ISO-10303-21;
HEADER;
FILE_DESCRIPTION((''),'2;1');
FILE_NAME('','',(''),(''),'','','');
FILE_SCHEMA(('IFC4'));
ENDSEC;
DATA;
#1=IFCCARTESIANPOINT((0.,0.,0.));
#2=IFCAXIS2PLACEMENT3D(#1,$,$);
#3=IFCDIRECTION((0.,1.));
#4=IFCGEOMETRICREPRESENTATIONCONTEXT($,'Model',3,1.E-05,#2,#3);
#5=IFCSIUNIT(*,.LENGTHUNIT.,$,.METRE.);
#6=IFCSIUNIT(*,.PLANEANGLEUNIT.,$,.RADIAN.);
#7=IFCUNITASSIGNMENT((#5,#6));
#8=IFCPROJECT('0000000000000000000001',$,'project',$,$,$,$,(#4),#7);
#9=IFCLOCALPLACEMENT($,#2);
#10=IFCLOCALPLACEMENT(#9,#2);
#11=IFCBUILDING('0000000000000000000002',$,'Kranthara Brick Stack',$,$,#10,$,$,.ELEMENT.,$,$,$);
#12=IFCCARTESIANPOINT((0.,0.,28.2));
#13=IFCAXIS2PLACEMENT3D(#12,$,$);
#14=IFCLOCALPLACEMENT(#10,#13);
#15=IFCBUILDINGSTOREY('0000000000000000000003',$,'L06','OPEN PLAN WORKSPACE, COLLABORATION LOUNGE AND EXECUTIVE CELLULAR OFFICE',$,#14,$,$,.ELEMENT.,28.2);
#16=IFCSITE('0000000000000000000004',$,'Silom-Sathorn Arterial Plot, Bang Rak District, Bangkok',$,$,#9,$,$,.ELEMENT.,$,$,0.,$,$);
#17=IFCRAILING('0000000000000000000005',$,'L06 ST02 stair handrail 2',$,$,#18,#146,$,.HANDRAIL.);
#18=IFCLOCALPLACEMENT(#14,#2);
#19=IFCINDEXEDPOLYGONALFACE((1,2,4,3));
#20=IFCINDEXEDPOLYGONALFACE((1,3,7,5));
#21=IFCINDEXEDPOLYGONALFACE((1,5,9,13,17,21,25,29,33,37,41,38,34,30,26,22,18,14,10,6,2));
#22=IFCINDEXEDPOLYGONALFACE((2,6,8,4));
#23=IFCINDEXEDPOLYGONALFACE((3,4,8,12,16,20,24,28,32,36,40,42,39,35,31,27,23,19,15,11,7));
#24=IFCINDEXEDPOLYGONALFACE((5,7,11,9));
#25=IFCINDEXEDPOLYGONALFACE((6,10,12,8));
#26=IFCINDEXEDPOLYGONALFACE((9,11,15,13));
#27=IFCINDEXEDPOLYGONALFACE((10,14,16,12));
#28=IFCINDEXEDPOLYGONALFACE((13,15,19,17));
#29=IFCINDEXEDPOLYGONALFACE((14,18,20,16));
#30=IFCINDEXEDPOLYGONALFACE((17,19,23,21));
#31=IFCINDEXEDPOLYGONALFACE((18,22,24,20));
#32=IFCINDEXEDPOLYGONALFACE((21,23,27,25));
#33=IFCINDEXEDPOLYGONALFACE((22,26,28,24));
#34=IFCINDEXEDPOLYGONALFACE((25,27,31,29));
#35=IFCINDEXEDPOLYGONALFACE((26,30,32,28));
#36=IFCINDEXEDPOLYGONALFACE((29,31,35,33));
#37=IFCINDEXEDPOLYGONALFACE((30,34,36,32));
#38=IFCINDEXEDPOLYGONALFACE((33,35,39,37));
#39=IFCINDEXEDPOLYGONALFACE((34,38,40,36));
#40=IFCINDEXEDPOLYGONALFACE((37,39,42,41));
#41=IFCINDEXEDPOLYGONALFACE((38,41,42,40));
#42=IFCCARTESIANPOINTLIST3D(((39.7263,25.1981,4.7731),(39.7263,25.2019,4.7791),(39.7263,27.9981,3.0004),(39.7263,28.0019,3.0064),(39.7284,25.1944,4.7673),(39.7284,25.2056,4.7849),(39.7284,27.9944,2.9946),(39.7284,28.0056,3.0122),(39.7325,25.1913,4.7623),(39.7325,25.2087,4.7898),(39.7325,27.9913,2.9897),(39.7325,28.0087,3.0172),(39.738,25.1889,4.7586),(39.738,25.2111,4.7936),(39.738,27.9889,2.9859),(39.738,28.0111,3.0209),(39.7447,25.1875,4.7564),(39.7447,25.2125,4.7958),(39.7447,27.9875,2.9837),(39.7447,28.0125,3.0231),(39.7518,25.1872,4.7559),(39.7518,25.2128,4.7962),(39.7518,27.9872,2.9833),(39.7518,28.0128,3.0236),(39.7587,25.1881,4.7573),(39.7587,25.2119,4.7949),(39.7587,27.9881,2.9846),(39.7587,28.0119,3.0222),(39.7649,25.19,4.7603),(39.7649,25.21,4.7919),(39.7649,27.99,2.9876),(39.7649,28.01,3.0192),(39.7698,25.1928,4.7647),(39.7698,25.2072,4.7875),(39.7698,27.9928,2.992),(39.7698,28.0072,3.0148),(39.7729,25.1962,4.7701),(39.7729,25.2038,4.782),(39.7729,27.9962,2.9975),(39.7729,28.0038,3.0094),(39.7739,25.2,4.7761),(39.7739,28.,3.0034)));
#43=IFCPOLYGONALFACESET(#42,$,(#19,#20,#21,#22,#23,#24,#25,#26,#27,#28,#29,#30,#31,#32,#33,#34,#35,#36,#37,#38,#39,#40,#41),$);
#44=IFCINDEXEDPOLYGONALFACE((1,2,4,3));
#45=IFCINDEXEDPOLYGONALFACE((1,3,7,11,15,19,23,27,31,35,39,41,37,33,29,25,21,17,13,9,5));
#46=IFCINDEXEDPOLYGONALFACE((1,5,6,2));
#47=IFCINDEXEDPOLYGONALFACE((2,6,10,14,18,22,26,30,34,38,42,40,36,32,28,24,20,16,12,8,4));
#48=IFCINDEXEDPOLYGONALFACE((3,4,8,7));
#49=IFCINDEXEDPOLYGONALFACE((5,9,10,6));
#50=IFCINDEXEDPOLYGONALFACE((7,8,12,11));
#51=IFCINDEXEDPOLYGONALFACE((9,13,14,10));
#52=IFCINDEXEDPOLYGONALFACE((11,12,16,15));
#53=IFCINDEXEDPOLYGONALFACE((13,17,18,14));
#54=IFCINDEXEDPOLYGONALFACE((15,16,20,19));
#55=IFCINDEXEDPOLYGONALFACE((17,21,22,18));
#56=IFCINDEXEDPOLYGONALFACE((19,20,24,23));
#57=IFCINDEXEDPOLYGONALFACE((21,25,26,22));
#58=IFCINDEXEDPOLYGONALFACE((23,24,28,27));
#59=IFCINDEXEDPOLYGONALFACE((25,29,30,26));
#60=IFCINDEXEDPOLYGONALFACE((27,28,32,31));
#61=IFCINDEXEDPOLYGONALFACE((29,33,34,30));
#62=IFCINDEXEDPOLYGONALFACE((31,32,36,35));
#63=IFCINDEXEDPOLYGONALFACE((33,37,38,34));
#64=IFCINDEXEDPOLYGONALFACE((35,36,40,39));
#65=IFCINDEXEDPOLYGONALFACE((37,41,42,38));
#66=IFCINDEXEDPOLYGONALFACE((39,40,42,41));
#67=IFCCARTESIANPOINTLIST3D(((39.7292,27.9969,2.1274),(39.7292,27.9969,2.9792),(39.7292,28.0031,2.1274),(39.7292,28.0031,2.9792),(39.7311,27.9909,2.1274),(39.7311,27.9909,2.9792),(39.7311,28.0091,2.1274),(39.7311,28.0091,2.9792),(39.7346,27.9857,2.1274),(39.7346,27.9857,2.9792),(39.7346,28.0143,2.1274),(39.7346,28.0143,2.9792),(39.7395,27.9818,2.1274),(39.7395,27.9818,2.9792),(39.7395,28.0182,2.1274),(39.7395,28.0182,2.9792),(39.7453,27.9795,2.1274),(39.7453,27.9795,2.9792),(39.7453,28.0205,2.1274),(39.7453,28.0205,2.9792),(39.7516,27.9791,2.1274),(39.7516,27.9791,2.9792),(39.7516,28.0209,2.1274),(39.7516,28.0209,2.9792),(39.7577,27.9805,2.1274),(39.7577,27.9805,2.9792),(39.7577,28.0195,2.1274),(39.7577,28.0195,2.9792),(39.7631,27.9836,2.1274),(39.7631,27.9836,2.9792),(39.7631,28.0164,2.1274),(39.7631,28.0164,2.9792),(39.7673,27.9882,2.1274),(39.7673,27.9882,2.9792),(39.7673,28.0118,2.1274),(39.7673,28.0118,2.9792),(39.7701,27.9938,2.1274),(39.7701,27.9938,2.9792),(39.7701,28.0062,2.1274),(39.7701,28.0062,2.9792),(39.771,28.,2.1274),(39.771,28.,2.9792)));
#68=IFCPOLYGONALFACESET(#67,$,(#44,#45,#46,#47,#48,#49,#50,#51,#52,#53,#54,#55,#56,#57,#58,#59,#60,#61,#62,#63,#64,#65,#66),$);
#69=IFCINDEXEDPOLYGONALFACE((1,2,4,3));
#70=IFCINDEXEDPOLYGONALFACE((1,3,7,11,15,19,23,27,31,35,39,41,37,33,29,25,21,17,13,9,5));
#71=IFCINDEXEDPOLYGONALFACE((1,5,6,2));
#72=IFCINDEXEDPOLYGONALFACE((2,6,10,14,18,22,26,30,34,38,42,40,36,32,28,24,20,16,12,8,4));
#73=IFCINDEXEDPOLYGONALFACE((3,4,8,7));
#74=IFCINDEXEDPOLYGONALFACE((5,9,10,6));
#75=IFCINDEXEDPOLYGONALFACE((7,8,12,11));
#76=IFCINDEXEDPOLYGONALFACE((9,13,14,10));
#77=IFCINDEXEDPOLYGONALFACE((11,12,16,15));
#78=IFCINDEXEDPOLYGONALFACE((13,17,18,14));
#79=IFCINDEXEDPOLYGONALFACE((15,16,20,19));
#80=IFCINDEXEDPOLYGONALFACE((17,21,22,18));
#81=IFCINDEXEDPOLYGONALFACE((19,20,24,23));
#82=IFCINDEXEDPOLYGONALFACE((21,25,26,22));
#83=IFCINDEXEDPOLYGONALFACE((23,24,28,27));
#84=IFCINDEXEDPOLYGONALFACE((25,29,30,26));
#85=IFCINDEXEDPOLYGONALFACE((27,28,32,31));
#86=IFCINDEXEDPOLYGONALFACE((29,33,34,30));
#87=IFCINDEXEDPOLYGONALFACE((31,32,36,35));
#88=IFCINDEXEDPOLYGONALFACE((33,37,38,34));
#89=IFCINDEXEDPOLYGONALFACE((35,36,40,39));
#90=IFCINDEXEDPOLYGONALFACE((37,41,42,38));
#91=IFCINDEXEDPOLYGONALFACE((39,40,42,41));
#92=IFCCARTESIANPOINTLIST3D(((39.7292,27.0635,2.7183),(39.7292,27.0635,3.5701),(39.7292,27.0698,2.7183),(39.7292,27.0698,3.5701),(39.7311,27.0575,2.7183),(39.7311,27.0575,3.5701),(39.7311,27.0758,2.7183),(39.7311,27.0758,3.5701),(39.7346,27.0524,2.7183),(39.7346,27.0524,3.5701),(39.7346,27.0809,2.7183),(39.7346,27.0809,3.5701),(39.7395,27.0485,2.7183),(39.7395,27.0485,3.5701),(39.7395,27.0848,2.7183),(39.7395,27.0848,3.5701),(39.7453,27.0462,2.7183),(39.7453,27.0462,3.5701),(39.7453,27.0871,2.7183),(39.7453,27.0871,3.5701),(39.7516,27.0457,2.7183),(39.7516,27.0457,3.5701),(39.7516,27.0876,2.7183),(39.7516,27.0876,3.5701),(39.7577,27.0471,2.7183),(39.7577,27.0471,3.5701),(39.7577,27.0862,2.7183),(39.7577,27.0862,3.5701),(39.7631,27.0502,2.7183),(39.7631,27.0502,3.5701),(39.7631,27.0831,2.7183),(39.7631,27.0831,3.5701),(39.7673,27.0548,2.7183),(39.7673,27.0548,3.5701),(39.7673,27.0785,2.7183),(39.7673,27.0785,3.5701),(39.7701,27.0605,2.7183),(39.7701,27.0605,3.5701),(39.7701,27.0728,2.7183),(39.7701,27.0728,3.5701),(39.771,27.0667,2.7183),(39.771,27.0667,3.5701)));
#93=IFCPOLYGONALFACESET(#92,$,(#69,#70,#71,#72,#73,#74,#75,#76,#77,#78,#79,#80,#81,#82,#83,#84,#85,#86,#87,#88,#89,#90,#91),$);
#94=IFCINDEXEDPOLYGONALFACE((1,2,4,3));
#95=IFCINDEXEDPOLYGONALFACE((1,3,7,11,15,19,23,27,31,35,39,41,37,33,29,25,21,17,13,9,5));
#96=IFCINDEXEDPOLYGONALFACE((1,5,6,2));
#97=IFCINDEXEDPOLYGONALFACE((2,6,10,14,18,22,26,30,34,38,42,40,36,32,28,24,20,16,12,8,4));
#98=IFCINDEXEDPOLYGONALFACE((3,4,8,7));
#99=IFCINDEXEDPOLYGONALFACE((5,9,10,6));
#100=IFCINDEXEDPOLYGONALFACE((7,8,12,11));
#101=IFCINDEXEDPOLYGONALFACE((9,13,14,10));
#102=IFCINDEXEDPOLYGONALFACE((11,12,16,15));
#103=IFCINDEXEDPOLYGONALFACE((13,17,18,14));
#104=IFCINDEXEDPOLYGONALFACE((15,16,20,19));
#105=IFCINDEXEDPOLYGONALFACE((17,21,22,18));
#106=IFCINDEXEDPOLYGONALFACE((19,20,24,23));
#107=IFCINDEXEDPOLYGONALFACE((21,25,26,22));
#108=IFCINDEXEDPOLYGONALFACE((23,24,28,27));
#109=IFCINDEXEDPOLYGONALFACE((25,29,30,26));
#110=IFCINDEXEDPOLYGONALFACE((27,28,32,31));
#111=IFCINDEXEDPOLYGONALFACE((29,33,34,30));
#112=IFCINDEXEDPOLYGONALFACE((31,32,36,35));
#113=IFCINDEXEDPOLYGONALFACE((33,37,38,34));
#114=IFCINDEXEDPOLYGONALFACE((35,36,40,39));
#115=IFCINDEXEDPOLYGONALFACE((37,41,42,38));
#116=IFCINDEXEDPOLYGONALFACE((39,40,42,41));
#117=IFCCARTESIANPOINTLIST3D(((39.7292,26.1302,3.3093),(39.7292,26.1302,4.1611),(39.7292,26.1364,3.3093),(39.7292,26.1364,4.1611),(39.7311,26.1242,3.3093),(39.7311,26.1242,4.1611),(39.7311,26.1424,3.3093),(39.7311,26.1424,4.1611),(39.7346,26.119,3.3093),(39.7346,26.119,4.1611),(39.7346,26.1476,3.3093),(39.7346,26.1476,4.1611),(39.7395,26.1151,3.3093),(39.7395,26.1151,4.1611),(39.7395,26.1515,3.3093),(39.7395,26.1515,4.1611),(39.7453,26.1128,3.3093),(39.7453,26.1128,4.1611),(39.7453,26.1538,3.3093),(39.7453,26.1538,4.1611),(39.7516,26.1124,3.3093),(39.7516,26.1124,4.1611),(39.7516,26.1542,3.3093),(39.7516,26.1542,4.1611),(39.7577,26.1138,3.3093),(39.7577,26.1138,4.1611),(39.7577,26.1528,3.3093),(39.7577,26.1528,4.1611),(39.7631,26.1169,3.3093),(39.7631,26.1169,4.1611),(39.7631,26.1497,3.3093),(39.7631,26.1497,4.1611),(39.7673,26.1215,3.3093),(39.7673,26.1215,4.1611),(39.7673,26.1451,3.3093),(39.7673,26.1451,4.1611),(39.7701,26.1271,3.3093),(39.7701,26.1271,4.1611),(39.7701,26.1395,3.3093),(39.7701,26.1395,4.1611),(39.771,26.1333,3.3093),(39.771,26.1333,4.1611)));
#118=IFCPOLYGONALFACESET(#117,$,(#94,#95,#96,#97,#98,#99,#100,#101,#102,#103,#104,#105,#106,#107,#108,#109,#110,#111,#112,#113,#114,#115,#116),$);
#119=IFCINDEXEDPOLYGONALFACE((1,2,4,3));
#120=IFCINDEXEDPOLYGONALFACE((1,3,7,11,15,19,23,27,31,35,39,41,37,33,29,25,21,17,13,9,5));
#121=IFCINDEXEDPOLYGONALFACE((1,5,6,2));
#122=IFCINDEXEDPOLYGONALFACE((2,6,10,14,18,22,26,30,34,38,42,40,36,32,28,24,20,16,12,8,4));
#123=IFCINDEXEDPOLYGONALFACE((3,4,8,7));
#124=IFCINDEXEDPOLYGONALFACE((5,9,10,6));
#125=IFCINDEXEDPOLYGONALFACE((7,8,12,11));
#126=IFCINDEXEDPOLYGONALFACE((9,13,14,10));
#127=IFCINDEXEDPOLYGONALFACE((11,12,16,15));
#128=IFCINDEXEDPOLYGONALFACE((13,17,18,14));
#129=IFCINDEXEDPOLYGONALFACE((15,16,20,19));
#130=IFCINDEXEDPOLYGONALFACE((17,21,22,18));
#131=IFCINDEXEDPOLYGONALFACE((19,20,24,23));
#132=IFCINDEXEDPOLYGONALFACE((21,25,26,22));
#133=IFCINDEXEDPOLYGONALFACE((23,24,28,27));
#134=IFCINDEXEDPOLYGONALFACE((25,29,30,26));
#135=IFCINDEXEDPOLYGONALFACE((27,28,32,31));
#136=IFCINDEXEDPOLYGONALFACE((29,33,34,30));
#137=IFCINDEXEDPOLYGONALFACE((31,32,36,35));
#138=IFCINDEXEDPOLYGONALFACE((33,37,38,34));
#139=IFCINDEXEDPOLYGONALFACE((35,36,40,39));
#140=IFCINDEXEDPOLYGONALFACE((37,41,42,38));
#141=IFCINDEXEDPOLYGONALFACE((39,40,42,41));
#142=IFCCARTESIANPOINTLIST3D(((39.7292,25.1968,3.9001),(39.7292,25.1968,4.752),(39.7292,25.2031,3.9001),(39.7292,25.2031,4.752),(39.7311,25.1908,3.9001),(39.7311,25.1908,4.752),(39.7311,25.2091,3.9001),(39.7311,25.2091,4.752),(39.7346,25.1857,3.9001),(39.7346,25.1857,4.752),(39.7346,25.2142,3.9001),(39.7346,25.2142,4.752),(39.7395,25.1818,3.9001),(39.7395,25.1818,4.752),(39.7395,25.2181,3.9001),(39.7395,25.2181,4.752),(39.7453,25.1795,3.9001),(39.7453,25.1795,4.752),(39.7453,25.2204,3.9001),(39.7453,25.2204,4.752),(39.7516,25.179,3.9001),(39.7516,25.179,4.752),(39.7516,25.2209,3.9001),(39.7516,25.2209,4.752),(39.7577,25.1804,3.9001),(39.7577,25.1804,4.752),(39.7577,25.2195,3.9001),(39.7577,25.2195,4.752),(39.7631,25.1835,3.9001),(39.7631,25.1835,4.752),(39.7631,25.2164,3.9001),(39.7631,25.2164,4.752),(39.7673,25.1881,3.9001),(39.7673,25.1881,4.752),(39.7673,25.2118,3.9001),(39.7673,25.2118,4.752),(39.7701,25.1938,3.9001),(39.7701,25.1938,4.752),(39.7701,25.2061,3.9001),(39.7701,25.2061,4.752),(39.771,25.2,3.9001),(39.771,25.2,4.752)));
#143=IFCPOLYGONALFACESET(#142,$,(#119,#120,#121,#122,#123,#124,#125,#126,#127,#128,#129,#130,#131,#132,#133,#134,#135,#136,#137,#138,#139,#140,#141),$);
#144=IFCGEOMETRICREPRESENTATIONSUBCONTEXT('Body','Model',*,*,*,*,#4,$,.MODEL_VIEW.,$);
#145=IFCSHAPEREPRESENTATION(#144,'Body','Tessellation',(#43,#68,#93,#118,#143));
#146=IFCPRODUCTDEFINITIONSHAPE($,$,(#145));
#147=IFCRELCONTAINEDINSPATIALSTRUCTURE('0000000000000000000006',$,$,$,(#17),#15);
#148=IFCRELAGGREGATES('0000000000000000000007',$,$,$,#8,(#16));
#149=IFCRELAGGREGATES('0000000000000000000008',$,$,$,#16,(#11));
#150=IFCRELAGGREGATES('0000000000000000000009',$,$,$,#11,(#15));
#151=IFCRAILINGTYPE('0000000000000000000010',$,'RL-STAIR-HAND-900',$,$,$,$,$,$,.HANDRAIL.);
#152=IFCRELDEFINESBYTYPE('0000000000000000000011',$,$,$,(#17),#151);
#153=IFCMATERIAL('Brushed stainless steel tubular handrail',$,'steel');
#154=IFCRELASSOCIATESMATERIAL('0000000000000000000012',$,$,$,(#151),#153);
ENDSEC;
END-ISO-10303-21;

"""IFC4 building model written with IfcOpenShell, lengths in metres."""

from ifc_helpers import new_model, si_unit, direction, frame, origin, origin_2d, place, context, subcontext, project, spatial, circle, extrude, material, type_object, element, save


model = new_model("IFC4")

# Units and contexts
model_context = context("Model", 3, precision=1e-05, world=origin(), true_north=direction((0.0, 1.0)))
body_context = subcontext(model_context, "Body", "Model", "MODEL_VIEW")
ifc_project = project(units=[si_unit("LENGTHUNIT", "METRE"), si_unit("PLANEANGLEUNIT", "RADIAN")], contexts=[model_context])

# Site, building, storey
site_placement = place(None, origin())
site = spatial("IfcSite", under=ifc_project, at=site_placement, Name="Silom-Sathorn Arterial Plot, Bang Rak District, Bangkok", CompositionType="ELEMENT", RefElevation=0.0)
building_placement = place(site_placement, origin())
building = spatial("IfcBuilding", under=site, at=building_placement, Name="Kranthara Brick Stack", CompositionType="ELEMENT")
storey_placement = place(building_placement, frame((0.0, 0.0, 28.2)))
storey = spatial("IfcBuildingStorey", under=building, at=storey_placement, Name="L06", Description="OPEN PLAN WORKSPACE, COLLABORATION LOUNGE AND EXECUTIVE CELLULAR OFFICE", CompositionType="ELEMENT", Elevation=28.2)

# Railing
ifc_material_1 = material(Name="Brushed stainless steel tubular handrail", Category="steel")
railing_type_1 = type_object("IfcRailingType", Name="RL-STAIR-HAND-900", PredefinedType="HANDRAIL", material=ifc_material_1)
railing_1_placement = place(storey_placement, frame((39.75, 28.0, 2.1274)))
element("IfcRailing", 1, at=railing_1_placement, inside=storey, type_object=railing_type_1, Name="L06 ST02 stair handrail 2", PredefinedType="HANDRAIL", context=body_context, shape_type="SweptSolid", body=[
    extrude(circle(Radius=0.0239, at=origin_2d()), frame((0.0, 0.0, 0.876), z_axis=(0.0, -0.844909, 0.53491), x_axis=(1.0, 0.0, 0.0)), (0.0, 0.0, 1.0), 3.314),
    extrude(circle(Radius=0.021, at=origin_2d()), origin(), (0.0, 0.0, 1.0), 0.8518),
    extrude(circle(Radius=0.021, at=origin_2d()), frame((0.0, -0.9333, 0.5908)), (0.0, 0.0, 1.0), 0.8518),
    extrude(circle(Radius=0.021, at=origin_2d()), frame((0.0, -1.8667, 1.1819)), (0.0, 0.0, 1.0), 0.8518),
    extrude(circle(Radius=0.021, at=origin_2d()), frame((0.0, -2.8, 1.7727)), (0.0, 0.0, 1.0), 0.8518),
])

save(model, "model.ifc")
